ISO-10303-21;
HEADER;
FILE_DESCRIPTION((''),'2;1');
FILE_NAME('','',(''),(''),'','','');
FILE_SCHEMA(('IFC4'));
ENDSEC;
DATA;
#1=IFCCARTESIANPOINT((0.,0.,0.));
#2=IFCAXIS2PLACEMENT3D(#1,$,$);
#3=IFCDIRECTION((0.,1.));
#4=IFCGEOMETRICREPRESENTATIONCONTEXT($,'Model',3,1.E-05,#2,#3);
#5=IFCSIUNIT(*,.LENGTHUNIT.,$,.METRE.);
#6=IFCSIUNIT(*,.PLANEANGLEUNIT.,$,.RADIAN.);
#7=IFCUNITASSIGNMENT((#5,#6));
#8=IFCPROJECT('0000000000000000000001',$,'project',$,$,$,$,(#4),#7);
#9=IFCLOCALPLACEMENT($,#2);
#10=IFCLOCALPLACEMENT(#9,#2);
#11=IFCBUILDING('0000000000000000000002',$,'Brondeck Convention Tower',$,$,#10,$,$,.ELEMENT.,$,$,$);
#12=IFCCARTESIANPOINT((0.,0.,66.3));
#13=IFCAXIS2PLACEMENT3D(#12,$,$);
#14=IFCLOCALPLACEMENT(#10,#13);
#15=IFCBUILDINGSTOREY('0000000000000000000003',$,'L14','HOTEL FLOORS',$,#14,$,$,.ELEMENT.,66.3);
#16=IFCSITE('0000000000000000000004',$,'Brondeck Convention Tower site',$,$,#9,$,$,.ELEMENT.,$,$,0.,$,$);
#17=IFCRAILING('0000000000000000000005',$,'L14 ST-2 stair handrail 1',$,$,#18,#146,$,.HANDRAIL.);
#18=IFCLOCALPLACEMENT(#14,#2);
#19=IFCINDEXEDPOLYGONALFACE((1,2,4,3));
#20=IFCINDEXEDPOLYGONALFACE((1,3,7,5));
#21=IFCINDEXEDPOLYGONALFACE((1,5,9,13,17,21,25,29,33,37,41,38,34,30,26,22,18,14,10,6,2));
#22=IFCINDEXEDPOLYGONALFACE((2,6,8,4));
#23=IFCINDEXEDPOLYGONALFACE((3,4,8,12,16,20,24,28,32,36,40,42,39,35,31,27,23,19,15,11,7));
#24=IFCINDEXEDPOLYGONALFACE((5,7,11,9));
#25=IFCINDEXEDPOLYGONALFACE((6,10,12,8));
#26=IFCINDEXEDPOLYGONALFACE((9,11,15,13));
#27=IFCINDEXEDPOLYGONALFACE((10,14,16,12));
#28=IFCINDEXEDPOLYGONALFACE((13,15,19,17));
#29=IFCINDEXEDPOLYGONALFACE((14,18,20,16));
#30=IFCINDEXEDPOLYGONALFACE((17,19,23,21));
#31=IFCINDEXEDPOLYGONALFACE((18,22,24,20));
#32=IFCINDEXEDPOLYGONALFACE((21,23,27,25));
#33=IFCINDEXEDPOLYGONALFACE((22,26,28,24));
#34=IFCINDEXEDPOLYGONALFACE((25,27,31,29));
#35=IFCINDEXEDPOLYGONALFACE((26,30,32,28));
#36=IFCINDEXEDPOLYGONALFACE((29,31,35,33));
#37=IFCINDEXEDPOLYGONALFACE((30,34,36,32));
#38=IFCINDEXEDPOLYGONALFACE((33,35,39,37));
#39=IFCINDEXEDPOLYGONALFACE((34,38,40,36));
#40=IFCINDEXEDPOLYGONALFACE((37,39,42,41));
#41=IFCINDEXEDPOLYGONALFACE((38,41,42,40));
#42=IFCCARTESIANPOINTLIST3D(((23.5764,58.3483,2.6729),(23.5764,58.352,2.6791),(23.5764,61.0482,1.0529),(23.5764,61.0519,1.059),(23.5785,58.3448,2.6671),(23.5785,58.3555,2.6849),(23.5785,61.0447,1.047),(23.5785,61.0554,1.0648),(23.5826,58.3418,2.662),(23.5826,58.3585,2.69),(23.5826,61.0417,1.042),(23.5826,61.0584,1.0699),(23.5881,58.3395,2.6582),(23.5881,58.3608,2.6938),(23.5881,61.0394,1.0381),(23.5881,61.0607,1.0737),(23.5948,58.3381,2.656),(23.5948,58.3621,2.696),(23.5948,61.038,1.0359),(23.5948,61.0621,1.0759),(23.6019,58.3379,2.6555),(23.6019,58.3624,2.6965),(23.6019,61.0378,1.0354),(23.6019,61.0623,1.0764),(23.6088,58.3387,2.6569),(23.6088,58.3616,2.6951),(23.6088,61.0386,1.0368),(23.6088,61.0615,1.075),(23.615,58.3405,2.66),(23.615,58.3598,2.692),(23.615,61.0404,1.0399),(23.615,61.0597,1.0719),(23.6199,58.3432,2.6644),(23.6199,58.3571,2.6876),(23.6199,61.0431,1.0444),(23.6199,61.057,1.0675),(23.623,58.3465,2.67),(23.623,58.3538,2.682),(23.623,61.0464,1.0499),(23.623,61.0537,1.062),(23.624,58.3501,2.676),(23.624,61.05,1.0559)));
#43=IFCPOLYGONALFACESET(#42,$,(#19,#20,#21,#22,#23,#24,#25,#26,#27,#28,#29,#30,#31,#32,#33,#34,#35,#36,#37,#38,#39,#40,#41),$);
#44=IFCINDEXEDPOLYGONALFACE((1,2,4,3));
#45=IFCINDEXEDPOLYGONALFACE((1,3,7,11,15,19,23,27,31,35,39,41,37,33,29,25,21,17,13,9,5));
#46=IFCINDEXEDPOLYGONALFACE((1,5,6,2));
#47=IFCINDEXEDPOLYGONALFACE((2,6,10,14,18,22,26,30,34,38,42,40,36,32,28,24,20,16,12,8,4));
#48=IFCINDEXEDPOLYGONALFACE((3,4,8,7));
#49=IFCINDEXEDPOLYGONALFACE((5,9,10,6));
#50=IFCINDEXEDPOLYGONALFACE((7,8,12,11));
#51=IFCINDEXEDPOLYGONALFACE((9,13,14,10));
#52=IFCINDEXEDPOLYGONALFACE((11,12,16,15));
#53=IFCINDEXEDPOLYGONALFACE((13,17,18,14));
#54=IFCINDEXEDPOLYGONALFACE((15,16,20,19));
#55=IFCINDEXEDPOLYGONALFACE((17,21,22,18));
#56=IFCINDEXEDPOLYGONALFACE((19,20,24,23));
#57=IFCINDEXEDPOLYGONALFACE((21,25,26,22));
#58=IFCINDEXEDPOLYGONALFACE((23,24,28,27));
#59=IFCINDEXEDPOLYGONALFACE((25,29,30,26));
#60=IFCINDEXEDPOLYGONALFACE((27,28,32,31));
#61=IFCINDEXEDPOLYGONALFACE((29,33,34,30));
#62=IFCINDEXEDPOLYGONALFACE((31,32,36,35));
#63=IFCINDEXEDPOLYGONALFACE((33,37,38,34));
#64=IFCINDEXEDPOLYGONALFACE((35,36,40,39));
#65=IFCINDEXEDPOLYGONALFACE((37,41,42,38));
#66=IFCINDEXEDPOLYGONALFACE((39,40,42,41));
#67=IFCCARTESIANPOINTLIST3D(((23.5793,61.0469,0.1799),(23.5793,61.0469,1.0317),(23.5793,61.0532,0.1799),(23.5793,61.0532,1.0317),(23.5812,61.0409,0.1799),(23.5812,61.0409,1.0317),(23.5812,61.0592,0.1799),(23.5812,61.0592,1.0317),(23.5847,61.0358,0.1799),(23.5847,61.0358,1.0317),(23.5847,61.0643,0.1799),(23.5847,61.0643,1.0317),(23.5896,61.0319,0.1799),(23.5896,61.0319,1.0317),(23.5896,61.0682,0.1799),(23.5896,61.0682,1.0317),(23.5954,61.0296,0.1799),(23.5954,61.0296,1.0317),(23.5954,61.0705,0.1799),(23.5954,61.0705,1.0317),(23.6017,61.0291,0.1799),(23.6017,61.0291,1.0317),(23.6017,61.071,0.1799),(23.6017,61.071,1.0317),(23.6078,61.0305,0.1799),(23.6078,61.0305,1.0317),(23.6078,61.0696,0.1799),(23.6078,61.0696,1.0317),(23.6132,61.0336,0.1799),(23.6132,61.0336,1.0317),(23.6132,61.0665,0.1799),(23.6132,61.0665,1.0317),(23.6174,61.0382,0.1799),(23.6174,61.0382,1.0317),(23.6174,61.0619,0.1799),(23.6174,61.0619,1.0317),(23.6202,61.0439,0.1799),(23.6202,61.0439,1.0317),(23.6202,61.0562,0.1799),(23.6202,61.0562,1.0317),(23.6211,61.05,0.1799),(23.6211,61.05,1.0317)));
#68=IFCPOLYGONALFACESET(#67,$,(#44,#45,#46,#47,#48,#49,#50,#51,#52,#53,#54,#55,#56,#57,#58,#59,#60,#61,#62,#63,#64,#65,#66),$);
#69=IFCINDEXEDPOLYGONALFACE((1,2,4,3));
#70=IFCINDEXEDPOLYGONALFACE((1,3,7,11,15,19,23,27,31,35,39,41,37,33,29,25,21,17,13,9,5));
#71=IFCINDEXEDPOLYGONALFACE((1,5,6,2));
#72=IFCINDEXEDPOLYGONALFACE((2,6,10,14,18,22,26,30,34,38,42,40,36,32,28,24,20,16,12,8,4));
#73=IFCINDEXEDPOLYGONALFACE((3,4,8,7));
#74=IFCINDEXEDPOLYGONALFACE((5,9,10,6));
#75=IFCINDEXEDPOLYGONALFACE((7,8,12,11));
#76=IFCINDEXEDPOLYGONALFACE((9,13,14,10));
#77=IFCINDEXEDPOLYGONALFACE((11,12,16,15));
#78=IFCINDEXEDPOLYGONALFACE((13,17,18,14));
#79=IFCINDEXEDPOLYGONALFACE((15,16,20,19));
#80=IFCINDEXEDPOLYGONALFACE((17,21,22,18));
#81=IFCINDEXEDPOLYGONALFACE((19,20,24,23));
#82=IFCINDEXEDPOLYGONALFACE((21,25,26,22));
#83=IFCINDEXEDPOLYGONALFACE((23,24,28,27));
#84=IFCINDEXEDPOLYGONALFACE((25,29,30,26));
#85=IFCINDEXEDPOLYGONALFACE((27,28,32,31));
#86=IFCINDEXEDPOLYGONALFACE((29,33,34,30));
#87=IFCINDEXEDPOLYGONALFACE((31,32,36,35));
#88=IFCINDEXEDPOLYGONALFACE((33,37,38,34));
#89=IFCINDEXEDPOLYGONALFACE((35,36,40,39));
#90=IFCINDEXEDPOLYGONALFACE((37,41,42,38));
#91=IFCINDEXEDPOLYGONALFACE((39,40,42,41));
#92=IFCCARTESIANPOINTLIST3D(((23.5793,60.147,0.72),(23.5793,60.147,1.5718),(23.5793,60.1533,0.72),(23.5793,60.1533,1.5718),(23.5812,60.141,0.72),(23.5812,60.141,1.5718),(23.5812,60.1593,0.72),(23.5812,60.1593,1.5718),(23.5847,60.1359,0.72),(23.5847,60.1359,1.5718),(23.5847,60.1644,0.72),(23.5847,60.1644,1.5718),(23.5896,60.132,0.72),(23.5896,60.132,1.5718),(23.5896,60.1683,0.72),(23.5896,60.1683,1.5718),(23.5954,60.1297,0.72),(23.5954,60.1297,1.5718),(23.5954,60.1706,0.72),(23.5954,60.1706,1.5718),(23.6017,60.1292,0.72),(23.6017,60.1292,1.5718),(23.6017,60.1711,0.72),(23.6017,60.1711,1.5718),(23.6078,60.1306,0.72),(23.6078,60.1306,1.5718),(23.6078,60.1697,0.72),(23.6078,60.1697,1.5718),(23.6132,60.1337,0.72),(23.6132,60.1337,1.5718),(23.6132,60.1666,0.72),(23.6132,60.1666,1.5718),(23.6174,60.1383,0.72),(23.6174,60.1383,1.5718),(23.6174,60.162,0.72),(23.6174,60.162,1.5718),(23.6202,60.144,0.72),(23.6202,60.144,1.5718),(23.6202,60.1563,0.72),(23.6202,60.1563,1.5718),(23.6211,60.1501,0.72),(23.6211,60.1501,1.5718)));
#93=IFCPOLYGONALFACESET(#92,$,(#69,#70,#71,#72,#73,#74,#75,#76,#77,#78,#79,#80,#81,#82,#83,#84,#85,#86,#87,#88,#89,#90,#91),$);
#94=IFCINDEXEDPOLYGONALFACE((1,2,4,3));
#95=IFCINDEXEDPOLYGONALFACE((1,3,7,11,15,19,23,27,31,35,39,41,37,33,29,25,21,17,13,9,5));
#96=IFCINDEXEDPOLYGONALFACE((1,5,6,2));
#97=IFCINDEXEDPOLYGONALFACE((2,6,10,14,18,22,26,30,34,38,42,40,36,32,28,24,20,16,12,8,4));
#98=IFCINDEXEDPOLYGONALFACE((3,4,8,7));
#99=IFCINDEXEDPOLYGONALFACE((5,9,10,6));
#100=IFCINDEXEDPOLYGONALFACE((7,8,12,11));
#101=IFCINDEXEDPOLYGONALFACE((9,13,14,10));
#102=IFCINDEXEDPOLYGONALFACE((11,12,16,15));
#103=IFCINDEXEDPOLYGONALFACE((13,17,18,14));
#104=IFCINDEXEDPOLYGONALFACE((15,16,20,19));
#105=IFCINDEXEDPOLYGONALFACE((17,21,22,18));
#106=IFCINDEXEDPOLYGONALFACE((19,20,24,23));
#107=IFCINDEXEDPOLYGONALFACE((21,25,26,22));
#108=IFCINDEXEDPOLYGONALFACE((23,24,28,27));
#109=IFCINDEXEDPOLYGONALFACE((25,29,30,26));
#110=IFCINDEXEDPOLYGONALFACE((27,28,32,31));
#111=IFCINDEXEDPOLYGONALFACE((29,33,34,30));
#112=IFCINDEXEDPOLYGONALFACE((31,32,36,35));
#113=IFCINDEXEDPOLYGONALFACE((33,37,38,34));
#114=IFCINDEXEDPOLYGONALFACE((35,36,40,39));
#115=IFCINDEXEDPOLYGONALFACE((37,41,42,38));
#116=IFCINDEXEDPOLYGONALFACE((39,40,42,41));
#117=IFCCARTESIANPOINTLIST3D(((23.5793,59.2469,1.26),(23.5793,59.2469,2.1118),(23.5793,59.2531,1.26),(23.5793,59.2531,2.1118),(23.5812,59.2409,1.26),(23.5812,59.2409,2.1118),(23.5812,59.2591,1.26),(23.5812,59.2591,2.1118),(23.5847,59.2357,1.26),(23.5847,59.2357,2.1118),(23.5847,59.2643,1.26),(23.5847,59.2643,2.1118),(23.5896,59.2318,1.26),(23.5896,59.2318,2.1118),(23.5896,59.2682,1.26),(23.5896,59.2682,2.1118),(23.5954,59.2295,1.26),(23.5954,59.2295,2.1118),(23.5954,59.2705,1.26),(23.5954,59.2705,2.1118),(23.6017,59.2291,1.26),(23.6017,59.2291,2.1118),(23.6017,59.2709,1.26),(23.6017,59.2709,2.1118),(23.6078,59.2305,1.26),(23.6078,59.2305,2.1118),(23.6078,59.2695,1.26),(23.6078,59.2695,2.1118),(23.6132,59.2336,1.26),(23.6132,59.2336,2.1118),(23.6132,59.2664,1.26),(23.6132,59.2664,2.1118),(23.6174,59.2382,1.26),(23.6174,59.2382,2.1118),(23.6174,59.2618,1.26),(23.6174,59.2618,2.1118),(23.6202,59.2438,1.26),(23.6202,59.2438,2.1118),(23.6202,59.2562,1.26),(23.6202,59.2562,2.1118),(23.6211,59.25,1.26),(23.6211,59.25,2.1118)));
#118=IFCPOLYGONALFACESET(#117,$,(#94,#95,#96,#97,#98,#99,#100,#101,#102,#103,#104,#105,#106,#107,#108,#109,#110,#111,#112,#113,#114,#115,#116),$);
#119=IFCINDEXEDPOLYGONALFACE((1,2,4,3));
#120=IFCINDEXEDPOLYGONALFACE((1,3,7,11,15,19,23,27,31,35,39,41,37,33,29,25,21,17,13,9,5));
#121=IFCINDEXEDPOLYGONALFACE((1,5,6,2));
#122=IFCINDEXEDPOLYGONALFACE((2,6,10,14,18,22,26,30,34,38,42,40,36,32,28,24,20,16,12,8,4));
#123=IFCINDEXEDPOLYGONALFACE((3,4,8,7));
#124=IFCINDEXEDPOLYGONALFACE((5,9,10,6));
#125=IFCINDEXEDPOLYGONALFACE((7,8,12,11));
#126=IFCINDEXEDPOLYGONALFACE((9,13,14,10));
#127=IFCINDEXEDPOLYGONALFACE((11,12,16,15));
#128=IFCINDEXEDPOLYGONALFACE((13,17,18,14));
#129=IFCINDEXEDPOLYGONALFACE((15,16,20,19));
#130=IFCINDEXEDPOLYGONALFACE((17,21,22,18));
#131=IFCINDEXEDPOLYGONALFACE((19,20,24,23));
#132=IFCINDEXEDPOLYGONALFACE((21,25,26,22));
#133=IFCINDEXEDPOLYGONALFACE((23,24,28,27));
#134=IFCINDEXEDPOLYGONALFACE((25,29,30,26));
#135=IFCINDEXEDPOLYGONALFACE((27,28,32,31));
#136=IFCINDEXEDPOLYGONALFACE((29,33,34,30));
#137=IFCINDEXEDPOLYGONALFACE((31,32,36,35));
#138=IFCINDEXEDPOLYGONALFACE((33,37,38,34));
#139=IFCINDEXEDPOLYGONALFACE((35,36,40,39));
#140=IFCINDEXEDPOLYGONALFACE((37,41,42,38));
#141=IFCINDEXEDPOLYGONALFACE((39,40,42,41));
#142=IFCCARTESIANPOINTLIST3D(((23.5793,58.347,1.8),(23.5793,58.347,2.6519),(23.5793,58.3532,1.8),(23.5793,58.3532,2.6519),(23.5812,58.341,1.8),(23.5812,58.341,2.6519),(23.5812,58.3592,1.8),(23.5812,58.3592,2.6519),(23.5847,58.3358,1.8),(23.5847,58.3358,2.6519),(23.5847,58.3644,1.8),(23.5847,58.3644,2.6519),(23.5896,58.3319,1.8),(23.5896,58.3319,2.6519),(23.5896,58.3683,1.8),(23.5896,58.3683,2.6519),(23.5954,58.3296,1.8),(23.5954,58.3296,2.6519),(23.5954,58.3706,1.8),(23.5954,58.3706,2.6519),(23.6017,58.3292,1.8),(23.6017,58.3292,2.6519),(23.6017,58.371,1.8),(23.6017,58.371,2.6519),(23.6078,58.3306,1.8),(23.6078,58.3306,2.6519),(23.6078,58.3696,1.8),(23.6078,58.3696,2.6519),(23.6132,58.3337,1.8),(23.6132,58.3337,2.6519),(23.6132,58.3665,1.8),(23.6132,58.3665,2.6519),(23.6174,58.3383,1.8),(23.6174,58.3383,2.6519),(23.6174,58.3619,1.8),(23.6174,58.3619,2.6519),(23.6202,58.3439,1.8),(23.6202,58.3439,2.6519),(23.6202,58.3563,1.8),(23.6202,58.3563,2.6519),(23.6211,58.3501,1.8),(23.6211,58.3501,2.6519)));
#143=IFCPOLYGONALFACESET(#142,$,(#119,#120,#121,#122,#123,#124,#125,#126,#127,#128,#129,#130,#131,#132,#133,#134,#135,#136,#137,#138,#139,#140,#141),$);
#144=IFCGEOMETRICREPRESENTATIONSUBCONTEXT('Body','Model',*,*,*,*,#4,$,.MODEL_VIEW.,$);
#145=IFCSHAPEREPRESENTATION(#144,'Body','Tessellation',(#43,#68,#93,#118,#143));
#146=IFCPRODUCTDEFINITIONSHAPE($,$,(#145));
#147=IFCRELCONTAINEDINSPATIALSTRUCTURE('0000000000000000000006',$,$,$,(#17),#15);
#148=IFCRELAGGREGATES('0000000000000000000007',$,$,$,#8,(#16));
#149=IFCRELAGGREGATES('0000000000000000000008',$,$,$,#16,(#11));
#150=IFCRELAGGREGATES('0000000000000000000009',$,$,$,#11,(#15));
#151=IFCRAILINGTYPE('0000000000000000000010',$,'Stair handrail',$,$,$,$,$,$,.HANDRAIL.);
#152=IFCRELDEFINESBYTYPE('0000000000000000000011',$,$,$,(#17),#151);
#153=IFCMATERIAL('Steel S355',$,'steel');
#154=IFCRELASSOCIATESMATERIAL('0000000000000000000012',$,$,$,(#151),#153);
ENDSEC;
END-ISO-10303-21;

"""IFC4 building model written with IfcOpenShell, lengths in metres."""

from ifc_helpers import new_model, si_unit, direction, frame, origin, origin_2d, place, context, subcontext, project, spatial, circle, extrude, material, type_object, element, save


model = new_model("IFC4")

# Units and contexts
model_context = context("Model", 3, precision=1e-05, world=origin(), true_north=direction((0.0, 1.0)))
body_context = subcontext(model_context, "Body", "Model", "MODEL_VIEW")
ifc_project = project(units=[si_unit("LENGTHUNIT", "METRE"), si_unit("PLANEANGLEUNIT", "RADIAN")], contexts=[model_context])

# Site, building, storey
site_placement = place(None, origin())
site = spatial("IfcSite", under=ifc_project, at=site_placement, Name="Brondeck Convention Tower site", CompositionType="ELEMENT", RefElevation=0.0)
building_placement = place(site_placement, origin())
building = spatial("IfcBuilding", under=site, at=building_placement, Name="Brondeck Convention Tower", CompositionType="ELEMENT")
storey_placement = place(building_placement, frame((0.0, 0.0, 66.3)))
storey = spatial("IfcBuildingStorey", under=building, at=storey_placement, Name="L14", Description="HOTEL FLOORS", CompositionType="ELEMENT", Elevation=66.3)

# Railing
ifc_material_1 = material(Name="Steel S355", Category="steel")
railing_type_1 = type_object("IfcRailingType", Name="Stair handrail", PredefinedType="HANDRAIL", material=ifc_material_1)
railing_1_placement = place(storey_placement, frame((23.6001, 61.05, 0.1799)))
element("IfcRailing", 1, at=railing_1_placement, inside=storey, type_object=railing_type_1, Name="L14 ST-2 stair handrail 1", PredefinedType="HANDRAIL", context=body_context, shape_type="SweptSolid", body=[
    extrude(circle(Radius=0.0239, at=origin_2d()), frame((0.0, 0.0, 0.876), z_axis=(0.0, -0.857472, 0.51453), x_axis=(1.0, 0.0, 0.0)), (0.0, 0.0, 1.0), 3.1487),
    extrude(circle(Radius=0.021, at=origin_2d()), origin(), (0.0, 0.0, 1.0), 0.8518),
    extrude(circle(Radius=0.021, at=origin_2d()), frame((0.0, -0.8999, 0.54)), (0.0, 0.0, 1.0), 0.8518),
    extrude(circle(Radius=0.021, at=origin_2d()), frame((0.0, -1.8, 1.0801)), (0.0, 0.0, 1.0), 0.8518),
    extrude(circle(Radius=0.021, at=origin_2d()), frame((0.0, -2.7, 1.6201)), (0.0, 0.0, 1.0), 0.8518),
])

save(model, "model.ifc")
